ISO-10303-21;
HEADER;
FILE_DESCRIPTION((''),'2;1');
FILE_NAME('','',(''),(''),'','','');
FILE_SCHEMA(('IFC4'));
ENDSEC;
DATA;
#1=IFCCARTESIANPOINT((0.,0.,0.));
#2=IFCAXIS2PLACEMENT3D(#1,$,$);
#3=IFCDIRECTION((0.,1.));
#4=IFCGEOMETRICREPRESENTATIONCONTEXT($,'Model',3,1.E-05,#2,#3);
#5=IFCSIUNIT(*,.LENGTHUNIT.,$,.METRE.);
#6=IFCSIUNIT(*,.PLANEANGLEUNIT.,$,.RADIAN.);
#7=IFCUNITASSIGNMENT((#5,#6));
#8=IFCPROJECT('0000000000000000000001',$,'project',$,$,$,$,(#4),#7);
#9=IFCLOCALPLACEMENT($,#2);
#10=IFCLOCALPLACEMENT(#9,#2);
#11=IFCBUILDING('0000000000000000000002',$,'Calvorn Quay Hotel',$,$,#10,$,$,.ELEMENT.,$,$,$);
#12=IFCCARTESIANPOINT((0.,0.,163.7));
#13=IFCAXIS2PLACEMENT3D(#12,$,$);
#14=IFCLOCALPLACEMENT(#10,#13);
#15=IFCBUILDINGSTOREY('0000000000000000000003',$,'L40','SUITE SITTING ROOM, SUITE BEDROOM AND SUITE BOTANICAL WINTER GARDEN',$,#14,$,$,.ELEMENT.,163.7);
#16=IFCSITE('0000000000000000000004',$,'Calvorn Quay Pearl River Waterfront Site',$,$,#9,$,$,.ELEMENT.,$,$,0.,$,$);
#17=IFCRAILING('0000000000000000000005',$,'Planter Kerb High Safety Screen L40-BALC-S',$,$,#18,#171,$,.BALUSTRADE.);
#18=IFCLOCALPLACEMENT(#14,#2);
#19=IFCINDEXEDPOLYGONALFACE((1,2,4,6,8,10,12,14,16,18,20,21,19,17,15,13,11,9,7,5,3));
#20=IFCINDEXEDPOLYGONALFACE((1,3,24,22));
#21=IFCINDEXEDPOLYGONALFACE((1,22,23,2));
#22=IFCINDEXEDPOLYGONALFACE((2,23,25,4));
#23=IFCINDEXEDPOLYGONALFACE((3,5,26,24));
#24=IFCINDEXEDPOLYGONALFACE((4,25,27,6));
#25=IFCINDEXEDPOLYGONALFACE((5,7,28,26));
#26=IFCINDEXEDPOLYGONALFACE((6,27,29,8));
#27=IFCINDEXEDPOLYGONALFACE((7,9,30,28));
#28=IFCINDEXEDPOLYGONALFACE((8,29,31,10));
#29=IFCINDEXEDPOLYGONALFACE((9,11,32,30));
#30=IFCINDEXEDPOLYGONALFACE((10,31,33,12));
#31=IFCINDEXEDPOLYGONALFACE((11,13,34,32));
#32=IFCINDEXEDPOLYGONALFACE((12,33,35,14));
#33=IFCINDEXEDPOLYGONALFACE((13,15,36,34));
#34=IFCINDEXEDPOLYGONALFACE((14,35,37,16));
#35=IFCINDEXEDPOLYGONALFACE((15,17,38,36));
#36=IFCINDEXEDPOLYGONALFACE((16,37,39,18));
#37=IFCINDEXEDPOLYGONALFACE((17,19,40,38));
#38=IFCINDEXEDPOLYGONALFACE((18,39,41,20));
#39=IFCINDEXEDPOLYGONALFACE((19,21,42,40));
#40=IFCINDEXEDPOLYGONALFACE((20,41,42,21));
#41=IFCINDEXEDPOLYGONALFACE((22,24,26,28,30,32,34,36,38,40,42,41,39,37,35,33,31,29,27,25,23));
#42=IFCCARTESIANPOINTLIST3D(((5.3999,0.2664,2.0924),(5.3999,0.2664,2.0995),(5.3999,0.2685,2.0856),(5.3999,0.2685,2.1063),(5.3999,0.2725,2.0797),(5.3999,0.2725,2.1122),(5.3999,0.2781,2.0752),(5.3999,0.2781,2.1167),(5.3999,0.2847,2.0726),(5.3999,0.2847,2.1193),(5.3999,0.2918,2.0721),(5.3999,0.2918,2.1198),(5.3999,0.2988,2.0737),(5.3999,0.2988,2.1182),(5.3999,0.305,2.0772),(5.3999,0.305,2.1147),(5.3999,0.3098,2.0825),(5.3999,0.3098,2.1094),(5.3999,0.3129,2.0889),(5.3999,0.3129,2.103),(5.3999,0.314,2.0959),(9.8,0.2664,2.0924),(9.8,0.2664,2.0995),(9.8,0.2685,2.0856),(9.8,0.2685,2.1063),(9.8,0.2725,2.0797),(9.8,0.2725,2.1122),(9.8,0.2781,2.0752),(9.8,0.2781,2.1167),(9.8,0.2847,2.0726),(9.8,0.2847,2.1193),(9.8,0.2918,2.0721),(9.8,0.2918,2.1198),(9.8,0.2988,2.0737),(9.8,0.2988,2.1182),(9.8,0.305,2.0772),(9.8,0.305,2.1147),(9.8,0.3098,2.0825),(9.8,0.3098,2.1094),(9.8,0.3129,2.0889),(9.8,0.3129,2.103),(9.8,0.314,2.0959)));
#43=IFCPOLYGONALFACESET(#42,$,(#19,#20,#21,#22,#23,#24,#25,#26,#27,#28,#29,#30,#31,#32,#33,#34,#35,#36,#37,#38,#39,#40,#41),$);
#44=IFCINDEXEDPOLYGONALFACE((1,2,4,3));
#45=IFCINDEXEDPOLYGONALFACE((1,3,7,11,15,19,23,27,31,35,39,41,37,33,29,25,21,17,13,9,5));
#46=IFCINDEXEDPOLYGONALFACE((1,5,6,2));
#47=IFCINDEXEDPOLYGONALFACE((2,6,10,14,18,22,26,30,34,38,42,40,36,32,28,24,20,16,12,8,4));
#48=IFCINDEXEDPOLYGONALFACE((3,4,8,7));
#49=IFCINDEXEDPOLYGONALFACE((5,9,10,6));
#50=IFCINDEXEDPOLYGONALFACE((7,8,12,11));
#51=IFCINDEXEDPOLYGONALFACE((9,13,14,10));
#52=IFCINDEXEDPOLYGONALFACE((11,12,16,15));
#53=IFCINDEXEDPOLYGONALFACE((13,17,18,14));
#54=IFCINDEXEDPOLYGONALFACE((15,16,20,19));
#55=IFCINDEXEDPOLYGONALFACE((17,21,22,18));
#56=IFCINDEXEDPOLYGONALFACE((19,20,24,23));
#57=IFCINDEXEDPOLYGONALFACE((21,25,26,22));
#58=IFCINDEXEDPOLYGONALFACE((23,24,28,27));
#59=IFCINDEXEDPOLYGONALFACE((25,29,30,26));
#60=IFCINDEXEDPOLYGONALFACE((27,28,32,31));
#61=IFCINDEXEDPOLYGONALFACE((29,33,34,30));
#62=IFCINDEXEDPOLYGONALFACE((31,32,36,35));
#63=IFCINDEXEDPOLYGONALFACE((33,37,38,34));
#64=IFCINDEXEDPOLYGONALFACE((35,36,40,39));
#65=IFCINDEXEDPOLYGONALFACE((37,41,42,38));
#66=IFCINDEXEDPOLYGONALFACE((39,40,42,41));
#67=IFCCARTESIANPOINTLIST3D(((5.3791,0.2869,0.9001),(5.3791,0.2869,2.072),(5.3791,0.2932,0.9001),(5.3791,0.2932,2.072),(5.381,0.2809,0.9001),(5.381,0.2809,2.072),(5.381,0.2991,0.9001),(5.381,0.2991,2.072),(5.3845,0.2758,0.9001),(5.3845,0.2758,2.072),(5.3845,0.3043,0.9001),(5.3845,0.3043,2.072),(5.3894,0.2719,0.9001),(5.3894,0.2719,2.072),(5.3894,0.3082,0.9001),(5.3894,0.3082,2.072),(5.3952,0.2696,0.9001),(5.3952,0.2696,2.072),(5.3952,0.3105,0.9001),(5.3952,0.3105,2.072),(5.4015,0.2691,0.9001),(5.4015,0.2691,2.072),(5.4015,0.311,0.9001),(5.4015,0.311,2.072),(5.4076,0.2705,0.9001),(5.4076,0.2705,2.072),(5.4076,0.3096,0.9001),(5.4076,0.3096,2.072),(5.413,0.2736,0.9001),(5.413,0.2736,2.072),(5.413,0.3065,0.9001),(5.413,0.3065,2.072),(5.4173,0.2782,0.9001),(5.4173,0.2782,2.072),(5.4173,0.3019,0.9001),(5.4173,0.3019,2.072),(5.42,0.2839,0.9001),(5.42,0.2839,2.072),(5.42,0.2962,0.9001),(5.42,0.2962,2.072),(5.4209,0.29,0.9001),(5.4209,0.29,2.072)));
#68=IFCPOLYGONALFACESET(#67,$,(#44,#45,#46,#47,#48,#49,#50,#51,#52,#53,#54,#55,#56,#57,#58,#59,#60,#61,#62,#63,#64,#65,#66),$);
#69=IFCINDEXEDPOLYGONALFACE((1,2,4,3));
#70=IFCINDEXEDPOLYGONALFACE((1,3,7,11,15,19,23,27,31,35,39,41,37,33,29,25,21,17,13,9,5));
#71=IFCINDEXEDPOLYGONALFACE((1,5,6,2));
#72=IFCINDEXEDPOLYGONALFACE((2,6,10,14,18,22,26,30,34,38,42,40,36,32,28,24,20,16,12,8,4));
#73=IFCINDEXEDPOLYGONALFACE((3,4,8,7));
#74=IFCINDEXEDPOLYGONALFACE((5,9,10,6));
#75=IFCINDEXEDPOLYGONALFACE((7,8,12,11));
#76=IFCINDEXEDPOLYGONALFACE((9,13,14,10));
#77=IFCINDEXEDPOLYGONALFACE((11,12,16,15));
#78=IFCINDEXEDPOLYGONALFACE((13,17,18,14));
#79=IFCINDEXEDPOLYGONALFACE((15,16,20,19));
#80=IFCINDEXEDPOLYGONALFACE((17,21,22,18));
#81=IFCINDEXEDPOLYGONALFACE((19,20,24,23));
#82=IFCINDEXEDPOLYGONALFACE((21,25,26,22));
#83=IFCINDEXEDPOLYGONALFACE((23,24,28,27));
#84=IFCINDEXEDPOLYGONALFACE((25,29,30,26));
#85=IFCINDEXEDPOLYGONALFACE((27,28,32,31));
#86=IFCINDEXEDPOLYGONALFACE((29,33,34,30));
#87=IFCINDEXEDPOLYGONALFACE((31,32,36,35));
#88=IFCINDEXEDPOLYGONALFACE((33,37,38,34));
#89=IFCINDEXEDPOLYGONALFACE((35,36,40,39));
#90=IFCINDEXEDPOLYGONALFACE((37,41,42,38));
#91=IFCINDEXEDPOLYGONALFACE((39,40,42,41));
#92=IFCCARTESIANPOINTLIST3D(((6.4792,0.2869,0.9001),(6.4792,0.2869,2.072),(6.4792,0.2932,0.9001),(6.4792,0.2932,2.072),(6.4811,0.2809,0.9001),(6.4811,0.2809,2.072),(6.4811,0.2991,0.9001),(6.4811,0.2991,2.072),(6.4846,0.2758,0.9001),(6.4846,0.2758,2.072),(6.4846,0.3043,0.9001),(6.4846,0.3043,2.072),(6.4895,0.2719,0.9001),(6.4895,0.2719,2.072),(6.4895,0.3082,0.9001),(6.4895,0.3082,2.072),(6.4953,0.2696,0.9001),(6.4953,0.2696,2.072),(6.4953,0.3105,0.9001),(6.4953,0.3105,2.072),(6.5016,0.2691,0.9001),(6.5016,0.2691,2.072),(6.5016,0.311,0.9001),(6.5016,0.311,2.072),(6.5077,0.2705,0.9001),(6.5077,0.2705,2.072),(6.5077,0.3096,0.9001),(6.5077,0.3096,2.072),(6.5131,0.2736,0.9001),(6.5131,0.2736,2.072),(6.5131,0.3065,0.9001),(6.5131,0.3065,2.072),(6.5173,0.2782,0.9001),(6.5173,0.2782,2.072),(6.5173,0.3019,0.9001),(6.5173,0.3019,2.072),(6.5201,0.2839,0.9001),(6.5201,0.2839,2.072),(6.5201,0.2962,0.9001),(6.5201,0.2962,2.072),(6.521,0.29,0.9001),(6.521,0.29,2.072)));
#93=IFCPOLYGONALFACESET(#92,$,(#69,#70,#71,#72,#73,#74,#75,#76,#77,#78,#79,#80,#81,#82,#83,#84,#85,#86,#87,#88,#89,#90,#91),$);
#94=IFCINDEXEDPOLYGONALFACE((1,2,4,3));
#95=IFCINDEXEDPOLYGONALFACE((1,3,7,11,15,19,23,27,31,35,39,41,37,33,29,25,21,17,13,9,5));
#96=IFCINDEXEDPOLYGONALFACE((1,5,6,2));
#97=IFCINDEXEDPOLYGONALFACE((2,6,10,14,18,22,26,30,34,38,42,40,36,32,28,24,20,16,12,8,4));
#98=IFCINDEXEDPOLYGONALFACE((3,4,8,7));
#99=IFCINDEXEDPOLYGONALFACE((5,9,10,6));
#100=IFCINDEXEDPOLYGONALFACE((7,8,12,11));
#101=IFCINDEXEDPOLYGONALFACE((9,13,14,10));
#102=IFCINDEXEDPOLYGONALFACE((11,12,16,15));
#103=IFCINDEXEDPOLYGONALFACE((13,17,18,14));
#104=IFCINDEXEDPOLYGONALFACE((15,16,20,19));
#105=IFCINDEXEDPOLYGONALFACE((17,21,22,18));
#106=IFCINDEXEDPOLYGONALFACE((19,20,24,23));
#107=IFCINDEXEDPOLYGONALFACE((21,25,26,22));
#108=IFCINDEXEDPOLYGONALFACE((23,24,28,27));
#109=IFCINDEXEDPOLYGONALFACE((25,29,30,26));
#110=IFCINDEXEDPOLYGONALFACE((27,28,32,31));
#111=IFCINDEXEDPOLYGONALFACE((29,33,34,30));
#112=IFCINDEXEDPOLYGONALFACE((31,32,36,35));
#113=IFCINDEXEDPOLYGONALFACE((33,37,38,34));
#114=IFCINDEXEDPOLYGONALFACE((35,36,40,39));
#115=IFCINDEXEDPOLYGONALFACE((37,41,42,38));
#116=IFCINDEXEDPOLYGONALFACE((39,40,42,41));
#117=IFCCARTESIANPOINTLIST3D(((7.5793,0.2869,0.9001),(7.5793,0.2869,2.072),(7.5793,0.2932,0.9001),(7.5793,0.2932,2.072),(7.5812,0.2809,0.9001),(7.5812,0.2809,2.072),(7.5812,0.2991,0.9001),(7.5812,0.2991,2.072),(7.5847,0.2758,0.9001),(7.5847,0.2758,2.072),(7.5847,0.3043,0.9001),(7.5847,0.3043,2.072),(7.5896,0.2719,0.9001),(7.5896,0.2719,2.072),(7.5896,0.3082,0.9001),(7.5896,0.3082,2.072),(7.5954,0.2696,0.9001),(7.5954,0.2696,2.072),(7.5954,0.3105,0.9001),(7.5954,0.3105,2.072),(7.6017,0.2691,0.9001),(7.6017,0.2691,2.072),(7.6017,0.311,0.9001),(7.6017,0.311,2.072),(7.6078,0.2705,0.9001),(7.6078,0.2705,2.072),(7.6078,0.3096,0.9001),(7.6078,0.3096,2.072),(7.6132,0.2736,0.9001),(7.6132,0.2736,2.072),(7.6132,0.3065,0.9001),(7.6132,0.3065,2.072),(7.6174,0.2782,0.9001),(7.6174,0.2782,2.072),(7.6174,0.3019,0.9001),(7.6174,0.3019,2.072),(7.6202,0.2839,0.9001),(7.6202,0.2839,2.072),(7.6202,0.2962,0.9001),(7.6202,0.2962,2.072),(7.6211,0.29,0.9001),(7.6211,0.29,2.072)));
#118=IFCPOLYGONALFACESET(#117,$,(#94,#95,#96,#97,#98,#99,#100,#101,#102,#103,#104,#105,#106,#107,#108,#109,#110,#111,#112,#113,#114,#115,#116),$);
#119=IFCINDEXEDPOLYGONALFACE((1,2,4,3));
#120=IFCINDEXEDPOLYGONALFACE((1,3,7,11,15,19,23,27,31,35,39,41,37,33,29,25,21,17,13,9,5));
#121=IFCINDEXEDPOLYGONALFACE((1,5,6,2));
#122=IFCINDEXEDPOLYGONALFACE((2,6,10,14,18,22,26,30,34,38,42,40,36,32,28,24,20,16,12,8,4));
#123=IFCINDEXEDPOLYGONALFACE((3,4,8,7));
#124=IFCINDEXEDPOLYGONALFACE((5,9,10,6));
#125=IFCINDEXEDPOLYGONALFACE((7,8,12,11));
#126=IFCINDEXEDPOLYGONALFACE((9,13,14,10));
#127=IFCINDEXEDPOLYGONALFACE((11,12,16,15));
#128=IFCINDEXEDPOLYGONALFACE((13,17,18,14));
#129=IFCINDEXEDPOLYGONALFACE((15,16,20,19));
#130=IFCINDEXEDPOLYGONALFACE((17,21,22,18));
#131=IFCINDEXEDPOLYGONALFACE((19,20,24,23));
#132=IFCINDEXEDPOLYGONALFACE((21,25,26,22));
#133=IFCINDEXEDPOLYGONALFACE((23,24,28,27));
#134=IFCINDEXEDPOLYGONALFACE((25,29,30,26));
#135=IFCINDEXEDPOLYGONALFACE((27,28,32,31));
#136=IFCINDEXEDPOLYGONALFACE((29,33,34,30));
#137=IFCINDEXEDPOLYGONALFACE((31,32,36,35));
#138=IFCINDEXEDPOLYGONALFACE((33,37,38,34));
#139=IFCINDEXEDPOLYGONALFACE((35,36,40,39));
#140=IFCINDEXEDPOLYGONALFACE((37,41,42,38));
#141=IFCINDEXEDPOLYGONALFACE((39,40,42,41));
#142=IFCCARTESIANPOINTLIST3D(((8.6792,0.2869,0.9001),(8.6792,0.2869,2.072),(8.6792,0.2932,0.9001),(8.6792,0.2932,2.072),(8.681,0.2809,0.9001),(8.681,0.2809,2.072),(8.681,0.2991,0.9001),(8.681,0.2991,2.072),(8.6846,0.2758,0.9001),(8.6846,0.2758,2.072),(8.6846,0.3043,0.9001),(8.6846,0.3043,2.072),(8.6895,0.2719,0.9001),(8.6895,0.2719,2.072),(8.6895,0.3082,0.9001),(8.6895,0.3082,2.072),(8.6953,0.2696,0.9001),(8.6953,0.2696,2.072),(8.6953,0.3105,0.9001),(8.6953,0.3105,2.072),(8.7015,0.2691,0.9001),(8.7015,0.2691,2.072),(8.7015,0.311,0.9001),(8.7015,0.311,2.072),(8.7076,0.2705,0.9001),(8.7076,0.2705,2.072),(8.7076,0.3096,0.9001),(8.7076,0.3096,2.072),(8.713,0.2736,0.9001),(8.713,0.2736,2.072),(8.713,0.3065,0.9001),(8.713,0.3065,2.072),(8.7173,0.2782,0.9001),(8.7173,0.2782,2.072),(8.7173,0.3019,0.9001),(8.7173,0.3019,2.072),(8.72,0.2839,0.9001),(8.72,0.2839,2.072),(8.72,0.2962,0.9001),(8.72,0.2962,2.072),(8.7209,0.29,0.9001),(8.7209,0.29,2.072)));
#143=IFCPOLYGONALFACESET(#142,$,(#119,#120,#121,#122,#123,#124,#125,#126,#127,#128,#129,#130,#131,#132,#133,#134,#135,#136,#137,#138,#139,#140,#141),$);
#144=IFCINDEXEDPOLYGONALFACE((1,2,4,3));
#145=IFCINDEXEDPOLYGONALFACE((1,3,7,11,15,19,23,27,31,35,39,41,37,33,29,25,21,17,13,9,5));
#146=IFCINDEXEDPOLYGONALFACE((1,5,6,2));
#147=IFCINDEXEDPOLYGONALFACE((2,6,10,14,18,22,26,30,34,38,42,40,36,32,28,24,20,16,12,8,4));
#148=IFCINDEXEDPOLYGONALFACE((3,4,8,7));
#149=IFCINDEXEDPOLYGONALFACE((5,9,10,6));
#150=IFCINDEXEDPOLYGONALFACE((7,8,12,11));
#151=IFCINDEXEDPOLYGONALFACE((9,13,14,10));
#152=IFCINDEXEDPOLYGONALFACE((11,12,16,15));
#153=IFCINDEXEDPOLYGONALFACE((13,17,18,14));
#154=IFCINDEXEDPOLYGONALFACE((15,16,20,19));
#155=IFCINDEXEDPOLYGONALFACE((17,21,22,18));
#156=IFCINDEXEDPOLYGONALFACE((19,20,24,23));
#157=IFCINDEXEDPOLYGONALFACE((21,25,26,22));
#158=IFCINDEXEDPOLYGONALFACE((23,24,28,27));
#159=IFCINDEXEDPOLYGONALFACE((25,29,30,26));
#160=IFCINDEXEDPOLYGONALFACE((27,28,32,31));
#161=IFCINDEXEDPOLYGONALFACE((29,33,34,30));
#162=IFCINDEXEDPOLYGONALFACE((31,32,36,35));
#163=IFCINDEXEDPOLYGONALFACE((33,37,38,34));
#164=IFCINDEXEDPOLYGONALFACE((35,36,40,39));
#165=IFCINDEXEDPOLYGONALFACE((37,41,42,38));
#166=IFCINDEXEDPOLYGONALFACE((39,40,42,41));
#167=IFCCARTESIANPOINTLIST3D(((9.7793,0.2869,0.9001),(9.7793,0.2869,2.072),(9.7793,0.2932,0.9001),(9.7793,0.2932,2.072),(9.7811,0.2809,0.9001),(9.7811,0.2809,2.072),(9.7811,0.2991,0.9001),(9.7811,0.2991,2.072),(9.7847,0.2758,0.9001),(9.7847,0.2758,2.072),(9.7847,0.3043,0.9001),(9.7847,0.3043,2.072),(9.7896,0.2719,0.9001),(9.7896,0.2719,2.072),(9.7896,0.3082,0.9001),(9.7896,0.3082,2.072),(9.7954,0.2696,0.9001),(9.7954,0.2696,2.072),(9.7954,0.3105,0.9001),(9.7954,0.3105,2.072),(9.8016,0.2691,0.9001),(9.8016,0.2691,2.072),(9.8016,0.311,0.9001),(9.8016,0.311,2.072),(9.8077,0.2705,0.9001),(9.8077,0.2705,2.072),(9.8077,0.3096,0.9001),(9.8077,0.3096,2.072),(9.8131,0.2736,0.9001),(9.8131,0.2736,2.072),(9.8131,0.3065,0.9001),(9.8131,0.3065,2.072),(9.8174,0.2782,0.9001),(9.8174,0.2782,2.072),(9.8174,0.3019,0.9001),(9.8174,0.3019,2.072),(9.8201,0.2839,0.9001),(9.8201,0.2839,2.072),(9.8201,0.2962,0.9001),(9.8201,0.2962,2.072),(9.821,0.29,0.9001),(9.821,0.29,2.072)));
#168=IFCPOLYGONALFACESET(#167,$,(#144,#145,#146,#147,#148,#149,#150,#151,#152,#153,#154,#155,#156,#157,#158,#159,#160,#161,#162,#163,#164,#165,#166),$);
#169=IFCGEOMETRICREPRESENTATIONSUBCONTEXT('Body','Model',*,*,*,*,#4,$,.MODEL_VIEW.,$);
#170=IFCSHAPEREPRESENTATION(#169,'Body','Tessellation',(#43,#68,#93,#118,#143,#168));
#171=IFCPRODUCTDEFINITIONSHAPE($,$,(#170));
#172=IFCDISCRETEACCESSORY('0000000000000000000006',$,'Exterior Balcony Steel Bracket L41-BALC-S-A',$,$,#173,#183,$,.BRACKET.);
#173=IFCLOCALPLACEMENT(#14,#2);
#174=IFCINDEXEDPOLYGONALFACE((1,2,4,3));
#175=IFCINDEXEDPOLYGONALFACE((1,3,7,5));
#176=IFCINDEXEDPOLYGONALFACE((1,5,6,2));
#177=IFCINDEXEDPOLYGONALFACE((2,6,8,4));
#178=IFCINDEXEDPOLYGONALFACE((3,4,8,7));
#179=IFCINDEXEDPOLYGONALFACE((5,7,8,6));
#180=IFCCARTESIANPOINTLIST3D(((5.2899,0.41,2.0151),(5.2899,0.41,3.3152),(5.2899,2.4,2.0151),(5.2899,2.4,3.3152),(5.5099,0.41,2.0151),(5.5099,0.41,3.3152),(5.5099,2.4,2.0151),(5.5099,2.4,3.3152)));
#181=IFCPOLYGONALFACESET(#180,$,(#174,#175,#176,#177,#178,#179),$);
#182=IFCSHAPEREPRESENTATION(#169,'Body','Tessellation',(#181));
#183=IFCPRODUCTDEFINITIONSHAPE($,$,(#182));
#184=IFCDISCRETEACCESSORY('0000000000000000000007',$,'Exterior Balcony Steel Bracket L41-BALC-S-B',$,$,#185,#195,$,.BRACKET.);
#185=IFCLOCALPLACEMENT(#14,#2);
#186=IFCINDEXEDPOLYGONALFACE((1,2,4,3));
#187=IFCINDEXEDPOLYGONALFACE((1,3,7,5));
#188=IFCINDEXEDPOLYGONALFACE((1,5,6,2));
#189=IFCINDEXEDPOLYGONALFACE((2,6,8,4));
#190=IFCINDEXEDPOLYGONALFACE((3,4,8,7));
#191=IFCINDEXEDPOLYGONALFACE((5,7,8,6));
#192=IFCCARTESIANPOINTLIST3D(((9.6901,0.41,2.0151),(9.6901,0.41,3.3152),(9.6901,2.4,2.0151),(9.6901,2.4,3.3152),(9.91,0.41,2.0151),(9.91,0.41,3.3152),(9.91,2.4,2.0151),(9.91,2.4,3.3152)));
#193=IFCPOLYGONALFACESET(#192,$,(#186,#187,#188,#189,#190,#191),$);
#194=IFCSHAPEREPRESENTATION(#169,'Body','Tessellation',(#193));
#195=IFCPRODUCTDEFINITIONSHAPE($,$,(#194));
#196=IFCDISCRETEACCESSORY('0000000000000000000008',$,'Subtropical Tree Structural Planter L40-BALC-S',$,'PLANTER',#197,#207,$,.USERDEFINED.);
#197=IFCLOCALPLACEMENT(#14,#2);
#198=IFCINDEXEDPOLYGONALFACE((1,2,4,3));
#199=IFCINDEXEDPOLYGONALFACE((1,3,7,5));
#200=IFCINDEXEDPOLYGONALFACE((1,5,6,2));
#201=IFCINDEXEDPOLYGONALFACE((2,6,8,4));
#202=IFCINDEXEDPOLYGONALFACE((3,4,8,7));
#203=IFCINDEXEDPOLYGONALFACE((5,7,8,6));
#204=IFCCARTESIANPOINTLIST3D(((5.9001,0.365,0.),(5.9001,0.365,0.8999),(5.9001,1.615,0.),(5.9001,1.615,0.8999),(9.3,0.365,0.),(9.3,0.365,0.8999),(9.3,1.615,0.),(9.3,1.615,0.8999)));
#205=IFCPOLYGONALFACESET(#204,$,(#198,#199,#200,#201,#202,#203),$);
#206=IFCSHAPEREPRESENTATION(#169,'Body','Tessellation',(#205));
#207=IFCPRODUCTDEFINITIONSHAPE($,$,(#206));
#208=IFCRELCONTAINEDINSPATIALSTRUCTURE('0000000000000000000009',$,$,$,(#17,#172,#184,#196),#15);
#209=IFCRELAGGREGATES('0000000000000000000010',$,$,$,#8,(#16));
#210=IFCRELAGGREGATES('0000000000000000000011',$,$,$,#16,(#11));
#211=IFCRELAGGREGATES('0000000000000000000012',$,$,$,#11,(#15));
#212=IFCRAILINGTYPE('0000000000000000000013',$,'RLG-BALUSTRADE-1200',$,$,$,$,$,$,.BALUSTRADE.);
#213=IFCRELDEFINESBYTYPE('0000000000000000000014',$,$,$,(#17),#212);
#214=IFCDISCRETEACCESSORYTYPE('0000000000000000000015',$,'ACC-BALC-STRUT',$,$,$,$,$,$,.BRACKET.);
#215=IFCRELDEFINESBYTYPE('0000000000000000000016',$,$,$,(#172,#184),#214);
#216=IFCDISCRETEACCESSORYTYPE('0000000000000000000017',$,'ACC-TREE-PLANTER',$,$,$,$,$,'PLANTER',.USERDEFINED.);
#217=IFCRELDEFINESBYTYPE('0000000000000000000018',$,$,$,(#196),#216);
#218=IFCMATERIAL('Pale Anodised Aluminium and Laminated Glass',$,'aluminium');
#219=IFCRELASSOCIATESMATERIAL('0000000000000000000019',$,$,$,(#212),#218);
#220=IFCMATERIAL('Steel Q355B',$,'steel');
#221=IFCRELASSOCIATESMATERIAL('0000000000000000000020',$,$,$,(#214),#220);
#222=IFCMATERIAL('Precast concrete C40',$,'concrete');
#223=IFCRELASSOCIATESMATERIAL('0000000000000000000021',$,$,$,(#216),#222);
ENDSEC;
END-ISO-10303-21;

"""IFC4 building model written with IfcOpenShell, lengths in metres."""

from ifc_helpers import new_model, si_unit, direction, frame, origin, origin_2d, place, context, subcontext, project, spatial, rectangle, circle, extrude, material, type_object, element, save


model = new_model("IFC4")

# Units and contexts
model_context = context("Model", 3, precision=1e-05, world=origin(), true_north=direction((0.0, 1.0)))
body_context = subcontext(model_context, "Body", "Model", "MODEL_VIEW")
ifc_project = project(units=[si_unit("LENGTHUNIT", "METRE"), si_unit("PLANEANGLEUNIT", "RADIAN")], contexts=[model_context])

# Site, building, storey
site_placement = place(None, origin())
site = spatial("IfcSite", under=ifc_project, at=site_placement, Name="Calvorn Quay Pearl River Waterfront Site", CompositionType="ELEMENT", RefElevation=0.0)
building_placement = place(site_placement, origin())
building = spatial("IfcBuilding", under=site, at=building_placement, Name="Calvorn Quay Hotel", CompositionType="ELEMENT")
storey_placement = place(building_placement, frame((0.0, 0.0, 163.7)))
storey = spatial("IfcBuildingStorey", under=building, at=storey_placement, Name="L40", Description="SUITE SITTING ROOM, SUITE BEDROOM AND SUITE BOTANICAL WINTER GARDEN", CompositionType="ELEMENT", Elevation=163.7)

# Railing
ifc_material_1 = material(Name="Pale Anodised Aluminium and Laminated Glass", Category="aluminium")
railing_type = type_object("IfcRailingType", Name="RLG-BALUSTRADE-1200", PredefinedType="BALUSTRADE", material=ifc_material_1)
railing_1_placement = place(storey_placement, frame((5.3999, 0.29, 0.9001)))
element("IfcRailing", 1, at=railing_1_placement, inside=storey, type_object=railing_type, Name="Planter Kerb High Safety Screen L40-BALC-S", PredefinedType="BALUSTRADE", context=body_context, shape_type="SweptSolid", body=[
    extrude(circle(Radius=0.0239, at=origin_2d()), frame((0.0, 0.0, 1.1958), z_axis=(1.0, 0.0, 0.0), x_axis=(0.0, 1.0, 0.0)), (0.0, 0.0, 1.0), 4.4001),
    extrude(circle(Radius=0.021, at=origin_2d()), origin(), (0.0, 0.0, 1.0), 1.1719),
    extrude(circle(Radius=0.021, at=origin_2d()), frame((1.1001, 0.0, 0.0)), (0.0, 0.0, 1.0), 1.1719),
    extrude(circle(Radius=0.021, at=origin_2d()), frame((2.2002, 0.0, 0.0)), (0.0, 0.0, 1.0), 1.1719),
    extrude(circle(Radius=0.021, at=origin_2d()), frame((3.3, 0.0, 0.0)), (0.0, 0.0, 1.0), 1.1719),
    extrude(circle(Radius=0.021, at=origin_2d()), frame((4.4001, 0.0, 0.0)), (0.0, 0.0, 1.0), 1.1719),
])

# Discrete accessories
ifc_material_2 = material(Name="Steel Q355B", Category="steel")
discrete_accessory_type_1 = type_object("IfcDiscreteAccessoryType", Name="ACC-BALC-STRUT", PredefinedType="BRACKET", material=ifc_material_2)
for number, where, z_axis, x_axis, name in (
    (2, (5.3999, 1.405, 2.0151), (0.0, 0.0, 1.0), (1.0, 0.0, 0.0), "Exterior Balcony Steel Bracket L41-BALC-S-A"),
    (3, (9.8, 1.405, 2.0151), (0.0, 0.0, 1.0), (1.0, 0.0, 0.0), "Exterior Balcony Steel Bracket L41-BALC-S-B"),
):
    element("IfcDiscreteAccessory", number, at=place(storey_placement, frame(where, z_axis=z_axis, x_axis=x_axis)), inside=storey, type_object=discrete_accessory_type_1, Name=name, PredefinedType="BRACKET", context=body_context, shape_type="SweptSolid", body=[
        extrude(rectangle(XDim=0.22, YDim=1.99, at=origin_2d()), origin(), (0.0, 0.0, 1.0), 1.3),
    ])
ifc_material_3 = material(Name="Precast concrete C40", Category="concrete")
discrete_accessory_type_2 = type_object("IfcDiscreteAccessoryType", Name="ACC-TREE-PLANTER", ElementType="PLANTER", PredefinedType="USERDEFINED", material=ifc_material_3)
discrete_accessory_placement = place(storey_placement, frame((7.6001, 0.99, 0.0), z_axis=(0.0, 0.0, 1.0), x_axis=(1.0, 0.0, 0.0)))
element("IfcDiscreteAccessory", 4, at=discrete_accessory_placement, inside=storey, type_object=discrete_accessory_type_2, Name="Subtropical Tree Structural Planter L40-BALC-S", ObjectType="PLANTER", PredefinedType="USERDEFINED", context=body_context, shape_type="SweptSolid", body=[
    extrude(rectangle(XDim=3.3999, YDim=1.25, at=origin_2d()), origin(), (0.0, 0.0, 1.0), 0.8999),
])

save(model, "model.ifc")
